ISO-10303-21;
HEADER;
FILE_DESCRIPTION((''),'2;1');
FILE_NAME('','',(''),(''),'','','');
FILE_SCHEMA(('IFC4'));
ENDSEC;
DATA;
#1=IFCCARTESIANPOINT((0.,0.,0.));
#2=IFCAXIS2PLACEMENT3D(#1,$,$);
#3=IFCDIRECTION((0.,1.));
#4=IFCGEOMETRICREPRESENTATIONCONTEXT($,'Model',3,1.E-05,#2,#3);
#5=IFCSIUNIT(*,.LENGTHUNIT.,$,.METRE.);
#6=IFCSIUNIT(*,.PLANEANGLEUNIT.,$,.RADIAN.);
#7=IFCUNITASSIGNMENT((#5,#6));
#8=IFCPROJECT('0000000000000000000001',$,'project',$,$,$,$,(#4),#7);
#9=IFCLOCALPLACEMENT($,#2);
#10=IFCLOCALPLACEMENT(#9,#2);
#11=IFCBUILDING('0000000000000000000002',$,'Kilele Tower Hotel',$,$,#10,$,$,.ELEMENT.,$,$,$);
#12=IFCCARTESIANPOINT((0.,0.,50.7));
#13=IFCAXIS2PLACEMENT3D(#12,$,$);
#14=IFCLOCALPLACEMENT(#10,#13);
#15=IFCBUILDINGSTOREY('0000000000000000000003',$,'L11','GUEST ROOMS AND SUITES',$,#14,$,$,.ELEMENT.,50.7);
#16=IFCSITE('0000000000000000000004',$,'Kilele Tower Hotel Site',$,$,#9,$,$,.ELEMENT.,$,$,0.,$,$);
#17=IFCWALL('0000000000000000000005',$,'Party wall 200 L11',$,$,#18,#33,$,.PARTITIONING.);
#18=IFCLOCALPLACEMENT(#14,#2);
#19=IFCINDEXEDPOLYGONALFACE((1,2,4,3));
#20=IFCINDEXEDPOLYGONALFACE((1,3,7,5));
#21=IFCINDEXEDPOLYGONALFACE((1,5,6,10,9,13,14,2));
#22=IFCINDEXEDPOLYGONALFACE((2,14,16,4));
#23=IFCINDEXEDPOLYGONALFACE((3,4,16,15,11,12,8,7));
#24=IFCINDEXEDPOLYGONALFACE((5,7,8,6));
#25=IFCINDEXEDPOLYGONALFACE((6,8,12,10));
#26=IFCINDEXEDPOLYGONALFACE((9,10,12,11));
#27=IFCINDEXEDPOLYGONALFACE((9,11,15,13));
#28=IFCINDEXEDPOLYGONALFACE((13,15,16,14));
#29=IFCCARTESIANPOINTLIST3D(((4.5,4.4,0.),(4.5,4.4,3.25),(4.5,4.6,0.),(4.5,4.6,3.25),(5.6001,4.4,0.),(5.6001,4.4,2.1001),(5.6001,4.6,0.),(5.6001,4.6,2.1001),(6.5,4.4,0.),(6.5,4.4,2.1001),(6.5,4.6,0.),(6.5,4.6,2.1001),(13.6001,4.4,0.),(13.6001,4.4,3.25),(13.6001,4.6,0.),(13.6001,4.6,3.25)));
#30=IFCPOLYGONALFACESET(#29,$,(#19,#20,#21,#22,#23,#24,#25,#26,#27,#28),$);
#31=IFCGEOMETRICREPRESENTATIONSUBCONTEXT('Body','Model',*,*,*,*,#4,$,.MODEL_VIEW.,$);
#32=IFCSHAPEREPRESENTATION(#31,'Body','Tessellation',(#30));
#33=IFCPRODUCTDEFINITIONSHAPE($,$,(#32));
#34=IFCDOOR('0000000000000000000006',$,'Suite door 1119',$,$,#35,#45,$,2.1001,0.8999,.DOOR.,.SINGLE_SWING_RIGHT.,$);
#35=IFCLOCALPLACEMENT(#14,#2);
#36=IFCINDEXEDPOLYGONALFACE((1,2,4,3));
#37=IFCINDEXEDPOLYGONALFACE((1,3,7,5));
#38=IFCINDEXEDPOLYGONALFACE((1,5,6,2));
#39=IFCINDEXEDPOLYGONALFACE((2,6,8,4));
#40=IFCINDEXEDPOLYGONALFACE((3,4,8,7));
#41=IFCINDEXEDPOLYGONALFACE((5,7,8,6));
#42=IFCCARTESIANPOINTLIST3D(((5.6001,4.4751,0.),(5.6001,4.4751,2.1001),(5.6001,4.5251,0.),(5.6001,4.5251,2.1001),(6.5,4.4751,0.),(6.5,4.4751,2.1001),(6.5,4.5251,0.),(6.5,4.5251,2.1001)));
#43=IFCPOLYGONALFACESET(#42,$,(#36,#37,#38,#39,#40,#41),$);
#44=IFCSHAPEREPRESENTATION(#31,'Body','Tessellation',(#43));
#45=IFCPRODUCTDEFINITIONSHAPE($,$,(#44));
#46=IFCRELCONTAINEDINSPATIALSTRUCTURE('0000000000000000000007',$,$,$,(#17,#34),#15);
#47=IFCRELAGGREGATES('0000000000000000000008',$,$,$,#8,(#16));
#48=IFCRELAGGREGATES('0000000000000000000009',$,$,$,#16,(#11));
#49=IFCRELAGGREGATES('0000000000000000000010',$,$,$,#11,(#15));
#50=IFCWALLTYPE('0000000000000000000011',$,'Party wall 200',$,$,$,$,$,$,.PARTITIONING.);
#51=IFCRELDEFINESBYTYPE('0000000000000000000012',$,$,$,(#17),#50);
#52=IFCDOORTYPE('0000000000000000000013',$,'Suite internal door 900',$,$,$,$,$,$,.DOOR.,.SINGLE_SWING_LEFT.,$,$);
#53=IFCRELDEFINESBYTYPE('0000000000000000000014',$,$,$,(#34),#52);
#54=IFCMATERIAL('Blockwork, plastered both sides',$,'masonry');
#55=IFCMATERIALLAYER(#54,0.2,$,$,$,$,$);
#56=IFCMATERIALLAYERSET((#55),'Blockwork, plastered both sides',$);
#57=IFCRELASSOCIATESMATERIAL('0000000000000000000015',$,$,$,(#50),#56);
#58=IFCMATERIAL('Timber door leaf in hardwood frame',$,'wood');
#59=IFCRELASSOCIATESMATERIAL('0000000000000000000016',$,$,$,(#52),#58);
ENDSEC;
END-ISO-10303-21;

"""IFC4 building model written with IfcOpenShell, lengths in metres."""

from ifc_helpers import new_model, si_unit, direction, frame, frame_2d, origin, place, context, subcontext, project, spatial, rectangle, extrude, material, layer, layer_set, type_object, element, fill, save


model = new_model("IFC4")

# Units and contexts
model_context = context("Model", 3, precision=1e-05, world=origin(), true_north=direction((0.0, 1.0)))
body_context = subcontext(model_context, "Body", "Model", "MODEL_VIEW")
ifc_project = project(units=[si_unit("LENGTHUNIT", "METRE"), si_unit("PLANEANGLEUNIT", "RADIAN")], contexts=[model_context])

# Site, building, storey
site_placement = place(None, origin())
site = spatial("IfcSite", under=ifc_project, at=site_placement, Name="Kilele Tower Hotel Site", CompositionType="ELEMENT", RefElevation=0.0)
building_placement = place(site_placement, origin())
building = spatial("IfcBuilding", under=site, at=building_placement, Name="Kilele Tower Hotel", CompositionType="ELEMENT")
storey_placement = place(building_placement, frame((0.0, 0.0, 50.7)))
storey = spatial("IfcBuildingStorey", under=building, at=storey_placement, Name="L11", Description="GUEST ROOMS AND SUITES", CompositionType="ELEMENT", Elevation=50.7)

# Wall, opening, door
ifc_material_1 = material(Name="Blockwork, plastered both sides", Category="masonry")
ifc_layer_1 = layer(ifc_material_1, 0.2)
ifc_layer_set_1 = layer_set([ifc_layer_1], Name="Blockwork, plastered both sides")
wall_type_1 = type_object("IfcWallType", Name="Party wall 200", PredefinedType="PARTITIONING", material=ifc_layer_set_1)
wall_1_placement = place(storey_placement, frame((13.6001, 4.5, 0.0), z_axis=(0.0, 0.0, 1.0), x_axis=(-1.0, 0.0, 0.0)))
wall_1 = element("IfcWall", 1, at=wall_1_placement, inside=storey, type_object=wall_type_1, Name="Party wall 200 L11", PredefinedType="PARTITIONING", context=body_context, shape_type="SweptSolid", body=[
    extrude(rectangle(XDim=9.1001, YDim=0.2, at=frame_2d((4.55, 0.0))), origin(), (0.0, 0.0, 1.0), 3.25),
])
opening_1_placement = place(wall_1_placement, frame((7.1001, 0.0, 0.0)))
opening_1 = element("IfcOpeningElement", 2, at=opening_1_placement, cuts=wall_1, PredefinedType="OPENING", context=body_context, shape_type="SweptSolid", body=[
    extrude(rectangle(XDim=0.8999, YDim=2.1001, at=frame_2d((0.45, 1.05))), frame((0.0, 0.1099, 0.0), z_axis=(0.0, -1.0, 0.0), x_axis=(1.0, 0.0, 0.0)), (0.0, 0.0, 1.0), 0.22),
])
ifc_material_2 = material(Name="Timber door leaf in hardwood frame", Category="wood")
door_type_1 = type_object("IfcDoorType", Name="Suite internal door 900", OperationType="SINGLE_SWING_LEFT", PredefinedType="DOOR", material=ifc_material_2)
door_1_placement = place(opening_1_placement, origin())
door_1 = element("IfcDoor", 3, at=door_1_placement, inside=storey, type_object=door_type_1, Name="Suite door 1119", OperationType="SINGLE_SWING_RIGHT", OverallHeight=2.1001, OverallWidth=0.8999, PredefinedType="DOOR", context=body_context, shape_type="SweptSolid", body=[
    extrude(rectangle(XDim=0.8999, YDim=2.1001, at=frame_2d((0.45, 1.05))), frame((0.0, 0.0249, 0.0), z_axis=(0.0, -1.0, 0.0), x_axis=(1.0, 0.0, 0.0)), (0.0, 0.0, 1.0), 0.05),
])
fill(opening_1, door_1)

save(model, "model.ifc")
